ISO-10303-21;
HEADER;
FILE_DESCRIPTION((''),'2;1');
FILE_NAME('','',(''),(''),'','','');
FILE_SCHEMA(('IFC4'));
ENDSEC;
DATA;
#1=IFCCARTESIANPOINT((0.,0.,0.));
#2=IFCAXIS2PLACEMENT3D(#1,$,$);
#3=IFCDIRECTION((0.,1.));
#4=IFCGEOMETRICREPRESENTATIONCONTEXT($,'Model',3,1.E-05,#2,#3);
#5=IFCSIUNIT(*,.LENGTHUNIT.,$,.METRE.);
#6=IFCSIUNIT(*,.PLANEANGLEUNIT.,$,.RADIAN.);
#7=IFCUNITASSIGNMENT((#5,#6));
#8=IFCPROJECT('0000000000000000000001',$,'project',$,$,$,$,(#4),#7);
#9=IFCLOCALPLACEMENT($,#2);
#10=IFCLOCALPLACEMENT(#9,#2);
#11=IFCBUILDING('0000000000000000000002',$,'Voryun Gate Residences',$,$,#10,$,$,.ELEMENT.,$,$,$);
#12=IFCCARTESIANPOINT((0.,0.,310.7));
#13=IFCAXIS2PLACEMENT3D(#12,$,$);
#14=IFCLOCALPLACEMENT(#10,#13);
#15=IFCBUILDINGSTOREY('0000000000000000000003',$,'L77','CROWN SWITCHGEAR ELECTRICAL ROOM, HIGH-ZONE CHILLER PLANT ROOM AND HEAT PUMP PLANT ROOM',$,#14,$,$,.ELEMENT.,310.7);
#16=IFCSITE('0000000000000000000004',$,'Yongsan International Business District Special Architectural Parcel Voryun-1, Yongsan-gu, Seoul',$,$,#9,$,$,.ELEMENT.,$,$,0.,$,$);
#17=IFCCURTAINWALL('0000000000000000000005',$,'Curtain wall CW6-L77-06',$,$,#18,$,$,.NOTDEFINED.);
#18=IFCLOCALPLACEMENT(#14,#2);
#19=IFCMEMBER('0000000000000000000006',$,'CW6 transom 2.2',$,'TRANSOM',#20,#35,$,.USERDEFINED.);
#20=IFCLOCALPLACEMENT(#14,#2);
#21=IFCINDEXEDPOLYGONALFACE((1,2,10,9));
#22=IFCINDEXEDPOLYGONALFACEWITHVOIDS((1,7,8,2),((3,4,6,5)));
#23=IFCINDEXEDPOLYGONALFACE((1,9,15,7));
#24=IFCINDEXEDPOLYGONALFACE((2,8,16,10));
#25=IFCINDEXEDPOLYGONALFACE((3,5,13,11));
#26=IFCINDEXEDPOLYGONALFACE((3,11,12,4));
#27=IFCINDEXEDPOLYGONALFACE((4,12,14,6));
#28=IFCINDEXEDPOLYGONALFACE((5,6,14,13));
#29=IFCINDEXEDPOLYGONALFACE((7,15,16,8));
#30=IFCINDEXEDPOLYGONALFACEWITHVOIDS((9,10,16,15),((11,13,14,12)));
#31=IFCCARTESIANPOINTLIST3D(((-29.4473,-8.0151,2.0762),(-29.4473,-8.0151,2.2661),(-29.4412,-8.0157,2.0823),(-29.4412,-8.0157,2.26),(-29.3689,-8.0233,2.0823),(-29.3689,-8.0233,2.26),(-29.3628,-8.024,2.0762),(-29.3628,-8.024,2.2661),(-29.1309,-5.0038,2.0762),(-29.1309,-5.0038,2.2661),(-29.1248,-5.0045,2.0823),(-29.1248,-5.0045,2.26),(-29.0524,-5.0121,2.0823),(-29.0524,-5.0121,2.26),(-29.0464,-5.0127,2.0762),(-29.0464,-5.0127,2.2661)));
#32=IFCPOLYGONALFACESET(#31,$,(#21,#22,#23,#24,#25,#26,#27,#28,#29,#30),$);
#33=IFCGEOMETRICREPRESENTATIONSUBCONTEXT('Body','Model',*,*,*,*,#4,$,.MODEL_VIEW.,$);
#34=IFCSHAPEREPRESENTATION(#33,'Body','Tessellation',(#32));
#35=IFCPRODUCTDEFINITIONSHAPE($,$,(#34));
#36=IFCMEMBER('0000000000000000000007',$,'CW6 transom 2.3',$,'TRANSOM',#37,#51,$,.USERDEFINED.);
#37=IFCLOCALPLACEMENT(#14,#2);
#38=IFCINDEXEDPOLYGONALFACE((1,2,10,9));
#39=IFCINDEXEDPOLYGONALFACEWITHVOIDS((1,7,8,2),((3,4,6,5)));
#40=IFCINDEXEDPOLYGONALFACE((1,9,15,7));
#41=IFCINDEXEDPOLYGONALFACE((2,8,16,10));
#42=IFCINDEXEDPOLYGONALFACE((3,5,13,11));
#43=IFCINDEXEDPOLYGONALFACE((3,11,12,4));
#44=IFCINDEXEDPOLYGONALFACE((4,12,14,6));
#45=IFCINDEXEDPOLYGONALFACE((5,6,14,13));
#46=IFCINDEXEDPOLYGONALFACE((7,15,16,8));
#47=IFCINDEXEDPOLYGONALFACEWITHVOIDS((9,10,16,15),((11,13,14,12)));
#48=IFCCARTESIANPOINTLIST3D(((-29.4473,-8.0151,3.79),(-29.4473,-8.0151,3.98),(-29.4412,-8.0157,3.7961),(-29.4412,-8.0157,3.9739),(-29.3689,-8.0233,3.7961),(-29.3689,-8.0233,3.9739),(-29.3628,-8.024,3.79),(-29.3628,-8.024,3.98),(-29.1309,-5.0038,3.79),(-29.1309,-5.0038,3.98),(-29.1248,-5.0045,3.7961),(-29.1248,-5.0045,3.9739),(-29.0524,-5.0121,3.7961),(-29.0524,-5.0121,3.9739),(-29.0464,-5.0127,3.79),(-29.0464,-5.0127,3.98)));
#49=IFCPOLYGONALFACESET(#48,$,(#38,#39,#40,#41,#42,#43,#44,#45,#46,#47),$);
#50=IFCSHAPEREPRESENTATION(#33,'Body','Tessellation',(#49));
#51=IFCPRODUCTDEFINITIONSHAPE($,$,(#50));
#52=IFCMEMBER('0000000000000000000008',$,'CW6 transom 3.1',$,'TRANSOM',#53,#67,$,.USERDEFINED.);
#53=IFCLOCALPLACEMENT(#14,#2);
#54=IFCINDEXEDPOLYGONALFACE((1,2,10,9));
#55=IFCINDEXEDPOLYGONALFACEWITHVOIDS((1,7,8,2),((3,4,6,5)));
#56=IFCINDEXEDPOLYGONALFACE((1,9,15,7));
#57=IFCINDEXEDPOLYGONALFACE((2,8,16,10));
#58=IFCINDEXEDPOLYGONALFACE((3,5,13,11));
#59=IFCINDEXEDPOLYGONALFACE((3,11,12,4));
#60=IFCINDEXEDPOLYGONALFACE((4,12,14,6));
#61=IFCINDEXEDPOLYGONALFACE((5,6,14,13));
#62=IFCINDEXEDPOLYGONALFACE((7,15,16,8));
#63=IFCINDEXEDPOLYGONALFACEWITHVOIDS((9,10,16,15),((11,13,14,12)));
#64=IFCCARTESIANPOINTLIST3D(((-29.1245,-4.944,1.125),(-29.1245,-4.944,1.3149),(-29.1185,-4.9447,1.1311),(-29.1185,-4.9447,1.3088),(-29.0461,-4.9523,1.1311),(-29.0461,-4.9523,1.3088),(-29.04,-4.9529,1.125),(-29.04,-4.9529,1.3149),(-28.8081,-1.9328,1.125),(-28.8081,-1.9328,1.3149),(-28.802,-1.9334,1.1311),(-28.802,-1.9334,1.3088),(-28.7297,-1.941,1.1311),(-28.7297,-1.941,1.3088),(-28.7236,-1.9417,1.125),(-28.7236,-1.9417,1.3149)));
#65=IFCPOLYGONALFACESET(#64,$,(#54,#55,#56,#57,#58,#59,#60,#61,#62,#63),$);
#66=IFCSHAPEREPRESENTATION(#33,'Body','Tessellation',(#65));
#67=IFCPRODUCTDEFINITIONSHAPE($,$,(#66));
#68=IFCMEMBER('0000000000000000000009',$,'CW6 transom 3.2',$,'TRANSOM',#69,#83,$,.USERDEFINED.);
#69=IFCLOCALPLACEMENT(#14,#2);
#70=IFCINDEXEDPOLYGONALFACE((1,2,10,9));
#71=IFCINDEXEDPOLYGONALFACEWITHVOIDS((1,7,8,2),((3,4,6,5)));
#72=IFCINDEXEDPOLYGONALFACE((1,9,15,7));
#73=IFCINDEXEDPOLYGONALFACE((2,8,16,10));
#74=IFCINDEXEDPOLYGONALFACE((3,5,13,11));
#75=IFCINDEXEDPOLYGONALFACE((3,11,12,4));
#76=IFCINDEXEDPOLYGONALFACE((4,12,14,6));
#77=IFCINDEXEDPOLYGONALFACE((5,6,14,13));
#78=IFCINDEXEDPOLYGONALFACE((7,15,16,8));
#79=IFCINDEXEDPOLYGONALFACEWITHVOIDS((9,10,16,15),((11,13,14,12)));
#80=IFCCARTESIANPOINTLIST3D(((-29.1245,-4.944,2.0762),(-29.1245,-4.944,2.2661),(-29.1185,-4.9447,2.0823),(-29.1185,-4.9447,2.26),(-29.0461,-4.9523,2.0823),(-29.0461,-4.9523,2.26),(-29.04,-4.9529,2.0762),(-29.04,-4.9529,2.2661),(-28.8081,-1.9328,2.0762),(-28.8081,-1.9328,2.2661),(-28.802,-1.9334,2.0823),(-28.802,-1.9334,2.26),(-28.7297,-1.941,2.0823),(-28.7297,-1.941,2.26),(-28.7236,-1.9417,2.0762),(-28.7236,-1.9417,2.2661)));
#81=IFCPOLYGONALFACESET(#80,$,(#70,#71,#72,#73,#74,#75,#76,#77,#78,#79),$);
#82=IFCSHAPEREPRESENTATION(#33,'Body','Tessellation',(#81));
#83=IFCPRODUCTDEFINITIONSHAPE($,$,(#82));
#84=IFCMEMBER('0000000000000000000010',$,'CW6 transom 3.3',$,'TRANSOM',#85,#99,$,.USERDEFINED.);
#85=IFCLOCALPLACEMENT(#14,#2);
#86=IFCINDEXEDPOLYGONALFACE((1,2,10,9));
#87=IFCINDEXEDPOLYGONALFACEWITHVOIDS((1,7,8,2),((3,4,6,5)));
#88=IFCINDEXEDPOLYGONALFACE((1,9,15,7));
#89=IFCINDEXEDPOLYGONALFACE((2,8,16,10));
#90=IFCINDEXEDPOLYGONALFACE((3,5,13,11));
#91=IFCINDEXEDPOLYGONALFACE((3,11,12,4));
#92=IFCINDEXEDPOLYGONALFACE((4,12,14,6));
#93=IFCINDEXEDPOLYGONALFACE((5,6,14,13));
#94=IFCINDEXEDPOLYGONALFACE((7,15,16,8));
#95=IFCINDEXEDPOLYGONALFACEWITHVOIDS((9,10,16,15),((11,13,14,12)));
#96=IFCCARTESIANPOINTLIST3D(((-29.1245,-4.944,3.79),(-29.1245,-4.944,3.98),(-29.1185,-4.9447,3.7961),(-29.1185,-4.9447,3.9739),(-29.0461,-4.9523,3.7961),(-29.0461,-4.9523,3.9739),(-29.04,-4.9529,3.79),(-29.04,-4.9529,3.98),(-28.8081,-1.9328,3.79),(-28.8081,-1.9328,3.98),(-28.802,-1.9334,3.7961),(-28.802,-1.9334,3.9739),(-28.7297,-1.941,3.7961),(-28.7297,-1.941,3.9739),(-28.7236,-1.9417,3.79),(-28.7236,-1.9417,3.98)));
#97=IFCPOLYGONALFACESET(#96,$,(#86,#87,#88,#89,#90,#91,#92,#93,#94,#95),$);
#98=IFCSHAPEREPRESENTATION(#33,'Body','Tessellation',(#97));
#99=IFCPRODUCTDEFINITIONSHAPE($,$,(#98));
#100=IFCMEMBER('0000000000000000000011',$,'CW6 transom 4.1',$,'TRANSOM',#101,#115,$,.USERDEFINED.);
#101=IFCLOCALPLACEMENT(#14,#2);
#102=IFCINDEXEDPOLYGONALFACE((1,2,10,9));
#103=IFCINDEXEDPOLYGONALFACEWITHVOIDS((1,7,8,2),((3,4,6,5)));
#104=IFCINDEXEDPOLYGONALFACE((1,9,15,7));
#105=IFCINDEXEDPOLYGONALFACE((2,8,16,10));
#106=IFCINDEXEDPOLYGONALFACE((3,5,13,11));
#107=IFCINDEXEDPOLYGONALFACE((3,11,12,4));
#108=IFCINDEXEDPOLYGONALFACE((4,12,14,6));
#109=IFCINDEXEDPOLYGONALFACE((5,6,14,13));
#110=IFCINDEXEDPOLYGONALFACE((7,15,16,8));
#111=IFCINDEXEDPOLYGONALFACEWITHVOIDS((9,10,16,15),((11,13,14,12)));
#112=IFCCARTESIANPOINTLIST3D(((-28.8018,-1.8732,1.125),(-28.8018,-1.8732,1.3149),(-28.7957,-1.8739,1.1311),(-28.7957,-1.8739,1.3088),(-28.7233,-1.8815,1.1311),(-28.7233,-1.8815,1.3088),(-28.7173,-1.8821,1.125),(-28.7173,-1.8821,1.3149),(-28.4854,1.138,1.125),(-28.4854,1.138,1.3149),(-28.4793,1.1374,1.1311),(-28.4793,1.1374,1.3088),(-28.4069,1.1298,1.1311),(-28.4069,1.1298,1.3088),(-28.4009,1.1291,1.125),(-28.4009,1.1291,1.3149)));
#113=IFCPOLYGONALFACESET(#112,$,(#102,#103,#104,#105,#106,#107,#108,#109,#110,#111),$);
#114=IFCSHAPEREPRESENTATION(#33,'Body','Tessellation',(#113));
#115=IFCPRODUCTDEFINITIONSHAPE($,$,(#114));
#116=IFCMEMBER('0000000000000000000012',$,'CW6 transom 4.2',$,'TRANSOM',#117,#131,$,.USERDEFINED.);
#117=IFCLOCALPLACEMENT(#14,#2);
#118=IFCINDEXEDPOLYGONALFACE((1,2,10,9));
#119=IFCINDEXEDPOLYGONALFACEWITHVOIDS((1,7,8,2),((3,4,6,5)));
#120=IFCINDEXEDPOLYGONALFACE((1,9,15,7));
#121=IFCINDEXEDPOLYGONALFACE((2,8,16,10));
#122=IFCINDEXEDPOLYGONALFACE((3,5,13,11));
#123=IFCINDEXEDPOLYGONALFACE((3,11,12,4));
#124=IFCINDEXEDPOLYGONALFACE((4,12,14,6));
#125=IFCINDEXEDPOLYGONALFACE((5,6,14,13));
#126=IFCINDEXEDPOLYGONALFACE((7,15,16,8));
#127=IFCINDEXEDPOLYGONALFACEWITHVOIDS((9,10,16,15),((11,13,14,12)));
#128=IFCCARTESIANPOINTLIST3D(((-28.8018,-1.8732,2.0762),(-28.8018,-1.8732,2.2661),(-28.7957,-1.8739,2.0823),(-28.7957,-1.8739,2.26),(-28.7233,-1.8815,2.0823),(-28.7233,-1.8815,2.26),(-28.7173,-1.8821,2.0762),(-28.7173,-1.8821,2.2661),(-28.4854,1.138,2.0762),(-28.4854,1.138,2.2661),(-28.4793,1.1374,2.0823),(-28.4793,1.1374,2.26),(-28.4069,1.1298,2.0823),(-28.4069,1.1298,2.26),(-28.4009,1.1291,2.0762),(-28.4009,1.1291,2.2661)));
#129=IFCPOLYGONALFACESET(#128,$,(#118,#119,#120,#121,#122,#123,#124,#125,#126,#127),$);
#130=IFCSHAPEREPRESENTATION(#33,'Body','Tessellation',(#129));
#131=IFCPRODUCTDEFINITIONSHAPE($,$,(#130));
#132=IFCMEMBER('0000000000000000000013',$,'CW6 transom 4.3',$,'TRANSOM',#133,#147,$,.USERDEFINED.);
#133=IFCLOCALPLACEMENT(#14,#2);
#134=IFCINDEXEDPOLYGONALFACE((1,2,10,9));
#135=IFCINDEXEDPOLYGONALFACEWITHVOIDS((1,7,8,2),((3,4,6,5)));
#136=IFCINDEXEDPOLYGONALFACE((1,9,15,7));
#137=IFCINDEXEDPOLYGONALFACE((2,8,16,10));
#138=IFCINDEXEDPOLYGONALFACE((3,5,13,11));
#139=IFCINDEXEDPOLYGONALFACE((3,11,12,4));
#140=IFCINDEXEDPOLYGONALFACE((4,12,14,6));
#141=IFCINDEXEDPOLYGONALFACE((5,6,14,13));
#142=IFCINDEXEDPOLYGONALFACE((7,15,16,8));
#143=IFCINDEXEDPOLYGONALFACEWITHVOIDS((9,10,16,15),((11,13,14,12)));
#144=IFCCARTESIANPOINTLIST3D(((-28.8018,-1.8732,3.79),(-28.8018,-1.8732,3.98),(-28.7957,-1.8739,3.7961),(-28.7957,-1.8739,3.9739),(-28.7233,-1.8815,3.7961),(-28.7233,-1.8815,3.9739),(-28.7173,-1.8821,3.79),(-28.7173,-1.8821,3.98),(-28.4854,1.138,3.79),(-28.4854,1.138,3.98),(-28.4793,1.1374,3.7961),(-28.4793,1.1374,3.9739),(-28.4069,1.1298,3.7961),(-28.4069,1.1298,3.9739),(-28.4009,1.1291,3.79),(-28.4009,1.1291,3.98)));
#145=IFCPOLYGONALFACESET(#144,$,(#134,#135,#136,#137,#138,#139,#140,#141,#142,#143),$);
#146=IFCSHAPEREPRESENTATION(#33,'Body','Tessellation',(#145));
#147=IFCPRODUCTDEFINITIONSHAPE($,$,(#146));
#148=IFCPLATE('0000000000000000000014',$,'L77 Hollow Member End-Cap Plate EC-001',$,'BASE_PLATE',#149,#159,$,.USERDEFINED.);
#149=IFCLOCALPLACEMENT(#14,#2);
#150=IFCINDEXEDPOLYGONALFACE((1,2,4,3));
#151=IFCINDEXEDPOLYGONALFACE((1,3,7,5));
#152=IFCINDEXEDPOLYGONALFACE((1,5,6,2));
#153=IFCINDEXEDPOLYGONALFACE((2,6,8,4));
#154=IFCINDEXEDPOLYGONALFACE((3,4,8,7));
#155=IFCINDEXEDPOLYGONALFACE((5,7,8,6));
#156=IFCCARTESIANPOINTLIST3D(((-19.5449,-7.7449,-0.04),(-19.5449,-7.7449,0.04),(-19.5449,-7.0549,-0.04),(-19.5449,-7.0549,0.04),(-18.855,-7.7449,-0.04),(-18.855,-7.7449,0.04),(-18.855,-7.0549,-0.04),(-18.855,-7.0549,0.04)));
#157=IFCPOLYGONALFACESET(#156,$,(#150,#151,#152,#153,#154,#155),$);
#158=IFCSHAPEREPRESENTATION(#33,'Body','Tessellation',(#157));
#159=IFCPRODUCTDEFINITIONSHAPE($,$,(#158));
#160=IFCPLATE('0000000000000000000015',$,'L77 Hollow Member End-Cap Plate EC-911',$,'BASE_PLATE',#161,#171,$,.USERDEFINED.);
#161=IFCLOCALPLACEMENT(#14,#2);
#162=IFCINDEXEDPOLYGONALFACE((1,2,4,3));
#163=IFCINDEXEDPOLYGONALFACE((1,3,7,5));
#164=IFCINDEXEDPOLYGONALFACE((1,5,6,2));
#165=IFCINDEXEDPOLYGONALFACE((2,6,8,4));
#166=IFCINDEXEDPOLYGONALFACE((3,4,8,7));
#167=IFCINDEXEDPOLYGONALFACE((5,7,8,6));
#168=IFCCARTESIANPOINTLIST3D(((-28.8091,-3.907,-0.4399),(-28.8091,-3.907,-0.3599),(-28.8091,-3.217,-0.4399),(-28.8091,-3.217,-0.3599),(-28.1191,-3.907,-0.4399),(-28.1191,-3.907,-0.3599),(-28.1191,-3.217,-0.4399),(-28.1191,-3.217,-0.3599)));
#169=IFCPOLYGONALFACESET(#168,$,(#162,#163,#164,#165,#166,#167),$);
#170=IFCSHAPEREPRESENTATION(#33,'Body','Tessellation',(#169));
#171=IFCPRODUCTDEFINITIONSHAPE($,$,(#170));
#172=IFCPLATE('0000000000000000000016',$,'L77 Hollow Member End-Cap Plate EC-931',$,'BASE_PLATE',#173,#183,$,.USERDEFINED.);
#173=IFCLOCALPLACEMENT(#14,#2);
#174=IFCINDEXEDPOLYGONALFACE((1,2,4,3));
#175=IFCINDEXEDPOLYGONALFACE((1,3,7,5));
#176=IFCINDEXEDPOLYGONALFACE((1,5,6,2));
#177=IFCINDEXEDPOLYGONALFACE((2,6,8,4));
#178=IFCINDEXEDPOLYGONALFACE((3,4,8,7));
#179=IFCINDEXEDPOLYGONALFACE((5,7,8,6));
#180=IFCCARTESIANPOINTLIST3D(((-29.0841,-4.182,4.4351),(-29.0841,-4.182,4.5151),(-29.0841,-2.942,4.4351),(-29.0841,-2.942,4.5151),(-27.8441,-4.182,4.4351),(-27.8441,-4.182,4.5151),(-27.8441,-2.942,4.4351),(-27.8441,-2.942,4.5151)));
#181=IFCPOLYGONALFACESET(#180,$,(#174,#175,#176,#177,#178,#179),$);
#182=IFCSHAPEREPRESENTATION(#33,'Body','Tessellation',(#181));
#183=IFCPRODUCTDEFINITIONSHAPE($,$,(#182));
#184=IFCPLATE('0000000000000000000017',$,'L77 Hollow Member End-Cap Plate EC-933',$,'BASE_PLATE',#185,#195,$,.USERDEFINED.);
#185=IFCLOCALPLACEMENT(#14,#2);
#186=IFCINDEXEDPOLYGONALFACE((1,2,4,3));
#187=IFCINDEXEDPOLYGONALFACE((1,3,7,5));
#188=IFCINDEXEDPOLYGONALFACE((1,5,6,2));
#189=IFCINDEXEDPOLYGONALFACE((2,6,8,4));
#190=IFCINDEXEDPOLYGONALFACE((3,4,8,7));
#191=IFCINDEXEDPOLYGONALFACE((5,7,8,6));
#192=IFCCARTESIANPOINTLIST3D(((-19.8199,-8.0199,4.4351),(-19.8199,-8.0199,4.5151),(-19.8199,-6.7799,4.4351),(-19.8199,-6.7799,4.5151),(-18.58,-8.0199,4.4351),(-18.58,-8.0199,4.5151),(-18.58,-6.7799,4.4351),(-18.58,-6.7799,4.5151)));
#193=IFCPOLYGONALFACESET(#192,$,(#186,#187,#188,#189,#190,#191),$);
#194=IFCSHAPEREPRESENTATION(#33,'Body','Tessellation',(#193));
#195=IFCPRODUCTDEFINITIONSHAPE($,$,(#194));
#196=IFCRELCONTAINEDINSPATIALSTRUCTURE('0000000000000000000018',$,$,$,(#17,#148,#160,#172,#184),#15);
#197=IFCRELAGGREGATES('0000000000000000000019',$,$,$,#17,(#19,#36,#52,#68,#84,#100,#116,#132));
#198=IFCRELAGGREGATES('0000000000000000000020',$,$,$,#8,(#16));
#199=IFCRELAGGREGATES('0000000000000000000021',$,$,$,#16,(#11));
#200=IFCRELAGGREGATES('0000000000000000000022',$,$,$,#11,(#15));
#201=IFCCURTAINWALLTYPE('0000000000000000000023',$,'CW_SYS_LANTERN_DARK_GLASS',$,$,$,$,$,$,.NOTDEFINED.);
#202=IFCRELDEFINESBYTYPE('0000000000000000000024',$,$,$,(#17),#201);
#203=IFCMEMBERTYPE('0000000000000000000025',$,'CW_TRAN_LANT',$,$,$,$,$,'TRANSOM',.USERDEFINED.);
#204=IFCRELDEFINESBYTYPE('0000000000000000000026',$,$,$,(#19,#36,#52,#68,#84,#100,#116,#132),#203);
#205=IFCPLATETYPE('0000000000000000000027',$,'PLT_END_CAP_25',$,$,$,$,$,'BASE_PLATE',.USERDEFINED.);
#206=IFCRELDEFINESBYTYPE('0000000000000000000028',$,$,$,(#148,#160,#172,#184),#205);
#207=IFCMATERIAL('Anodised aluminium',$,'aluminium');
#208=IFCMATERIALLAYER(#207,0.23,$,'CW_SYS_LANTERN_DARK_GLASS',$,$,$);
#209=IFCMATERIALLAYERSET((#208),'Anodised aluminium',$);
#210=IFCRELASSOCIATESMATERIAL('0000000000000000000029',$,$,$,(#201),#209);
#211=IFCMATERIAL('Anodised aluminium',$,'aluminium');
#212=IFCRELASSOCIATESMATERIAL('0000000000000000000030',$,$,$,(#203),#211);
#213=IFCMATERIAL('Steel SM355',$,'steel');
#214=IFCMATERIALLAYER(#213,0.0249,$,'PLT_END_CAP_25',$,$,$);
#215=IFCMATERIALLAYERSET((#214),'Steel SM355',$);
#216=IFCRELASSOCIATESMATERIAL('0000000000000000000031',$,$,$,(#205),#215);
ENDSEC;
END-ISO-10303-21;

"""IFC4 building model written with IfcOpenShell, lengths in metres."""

from ifc_helpers import new_model, si_unit, direction, frame, origin, origin_2d, place, context, subcontext, project, spatial, rectangle, hollow_rectangle, extrude, material, layer, layer_set, material_profile, profile_set, type_object, element, aggregate, save


model = new_model("IFC4")

# Units and contexts
model_context = context("Model", 3, precision=1e-05, world=origin(), true_north=direction((0.0, 1.0)))
body_context = subcontext(model_context, "Body", "Model", "MODEL_VIEW")
ifc_project = project(units=[si_unit("LENGTHUNIT", "METRE"), si_unit("PLANEANGLEUNIT", "RADIAN")], contexts=[model_context])

# Site, building, storey
site_placement = place(None, origin())
site = spatial("IfcSite", under=ifc_project, at=site_placement, Name="Yongsan International Business District Special Architectural Parcel Voryun-1, Yongsan-gu, Seoul", CompositionType="ELEMENT", RefElevation=0.0)
building_placement = place(site_placement, origin())
building = spatial("IfcBuilding", under=site, at=building_placement, Name="Voryun Gate Residences", CompositionType="ELEMENT")
storey_placement = place(building_placement, frame((0.0, 0.0, 310.7)))
storey = spatial("IfcBuildingStorey", under=building, at=storey_placement, Name="L77", Description="CROWN SWITCHGEAR ELECTRICAL ROOM, HIGH-ZONE CHILLER PLANT ROOM AND HEAT PUMP PLANT ROOM", CompositionType="ELEMENT", Elevation=310.7)

# Curtain wall, members
ifc_material_1 = material(Name="Anodised aluminium", Category="aluminium")
ifc_layer_1 = layer(ifc_material_1, 0.23, Name="CW_SYS_LANTERN_DARK_GLASS")
ifc_layer_set_1 = layer_set([ifc_layer_1], Name="Anodised aluminium")
curtain_wall_type = type_object("IfcCurtainWallType", Name="CW_SYS_LANTERN_DARK_GLASS", PredefinedType="NOTDEFINED", material=ifc_layer_set_1)
curtain_wall_placement = place(storey_placement, origin())
curtain_wall = element("IfcCurtainWall", 1, at=curtain_wall_placement, inside=storey, type_object=curtain_wall_type, Name="Curtain wall CW6-L77-06", PredefinedType="NOTDEFINED")
ifc_material_2 = material(Name="Anodised aluminium", Category="aluminium")
ifc_material_profile_1 = material_profile(ifc_material_2, hollow_rectangle(XDim=0.085, YDim=0.1899, WallThickness=0.0061, at=origin_2d()), Name="ALU-TRAN-190x85x6")
ifc_profile_set_1 = profile_set([ifc_material_profile_1], Name="Anodised aluminium")
member_type_1 = type_object("IfcMemberType", Name="CW_TRAN_LANT", ElementType="TRANSOM", PredefinedType="USERDEFINED", material=ifc_profile_set_1)
member_1_placement = place(storey_placement, frame((-29.405, -8.0195, 2.1711), z_axis=(0.1045, 0.994525, 0.0), x_axis=(-0.994525, 0.1045, 0.0)))
member_1 = element("IfcMember", 2, at=member_1_placement, type_object=member_type_1, Name="CW6 transom 2.2", ObjectType="TRANSOM", PredefinedType="USERDEFINED", context=body_context, shape_type="SweptSolid", body=[
    extrude(hollow_rectangle(XDim=0.085, YDim=0.1899, WallThickness=0.0061, at=origin_2d()), origin(), (0.0, 0.0, 1.0), 3.0278),
])
member_2_placement = place(storey_placement, frame((-29.405, -8.0195, 3.885), z_axis=(0.1045, 0.994525, 0.0), x_axis=(-0.994525, 0.1045, 0.0)))
member_2 = element("IfcMember", 3, at=member_2_placement, type_object=member_type_1, Name="CW6 transom 2.3", ObjectType="TRANSOM", PredefinedType="USERDEFINED", context=body_context, shape_type="SweptSolid", body=[
    extrude(hollow_rectangle(XDim=0.085, YDim=0.1899, WallThickness=0.0061, at=origin_2d()), origin(), (0.0, 0.0, 1.0), 3.0278),
])
member_3_placement = place(storey_placement, frame((-29.0823, -4.9485, 1.22), z_axis=(0.1045, 0.994525, 0.0), x_axis=(-0.994525, 0.1045, 0.0)))
member_3 = element("IfcMember", 4, at=member_3_placement, type_object=member_type_1, Name="CW6 transom 3.1", ObjectType="TRANSOM", PredefinedType="USERDEFINED", context=body_context, shape_type="SweptSolid", body=[
    extrude(hollow_rectangle(XDim=0.085, YDim=0.1899, WallThickness=0.0061, at=origin_2d()), origin(), (0.0, 0.0, 1.0), 3.0278),
])
member_4_placement = place(storey_placement, frame((-29.0823, -4.9485, 2.1711), z_axis=(0.1045, 0.994525, 0.0), x_axis=(-0.994525, 0.1045, 0.0)))
member_4 = element("IfcMember", 5, at=member_4_placement, type_object=member_type_1, Name="CW6 transom 3.2", ObjectType="TRANSOM", PredefinedType="USERDEFINED", context=body_context, shape_type="SweptSolid", body=[
    extrude(hollow_rectangle(XDim=0.085, YDim=0.1899, WallThickness=0.0061, at=origin_2d()), origin(), (0.0, 0.0, 1.0), 3.0278),
])
member_5_placement = place(storey_placement, frame((-29.0823, -4.9485, 3.885), z_axis=(0.1045, 0.994525, 0.0), x_axis=(-0.994525, 0.1045, 0.0)))
member_5 = element("IfcMember", 6, at=member_5_placement, type_object=member_type_1, Name="CW6 transom 3.3", ObjectType="TRANSOM", PredefinedType="USERDEFINED", context=body_context, shape_type="SweptSolid", body=[
    extrude(hollow_rectangle(XDim=0.085, YDim=0.1899, WallThickness=0.0061, at=origin_2d()), origin(), (0.0, 0.0, 1.0), 3.0278),
])
member_6_placement = place(storey_placement, frame((-28.7595, -1.8777, 1.22), z_axis=(0.1045, 0.994525, 0.0), x_axis=(-0.994525, 0.1045, 0.0)))
member_6 = element("IfcMember", 7, at=member_6_placement, type_object=member_type_1, Name="CW6 transom 4.1", ObjectType="TRANSOM", PredefinedType="USERDEFINED", context=body_context, shape_type="SweptSolid", body=[
    extrude(hollow_rectangle(XDim=0.085, YDim=0.1899, WallThickness=0.0061, at=origin_2d()), origin(), (0.0, 0.0, 1.0), 3.0278),
])
member_7_placement = place(storey_placement, frame((-28.7595, -1.8777, 2.1711), z_axis=(0.1045, 0.994525, 0.0), x_axis=(-0.994525, 0.1045, 0.0)))
member_7 = element("IfcMember", 8, at=member_7_placement, type_object=member_type_1, Name="CW6 transom 4.2", ObjectType="TRANSOM", PredefinedType="USERDEFINED", context=body_context, shape_type="SweptSolid", body=[
    extrude(hollow_rectangle(XDim=0.085, YDim=0.1899, WallThickness=0.0061, at=origin_2d()), origin(), (0.0, 0.0, 1.0), 3.0278),
])
member_8_placement = place(storey_placement, frame((-28.7595, -1.8777, 3.885), z_axis=(0.1045, 0.994525, 0.0), x_axis=(-0.994525, 0.1045, 0.0)))
member_8 = element("IfcMember", 9, at=member_8_placement, type_object=member_type_1, Name="CW6 transom 4.3", ObjectType="TRANSOM", PredefinedType="USERDEFINED", context=body_context, shape_type="SweptSolid", body=[
    extrude(hollow_rectangle(XDim=0.085, YDim=0.1899, WallThickness=0.0061, at=origin_2d()), origin(), (0.0, 0.0, 1.0), 3.0278),
])

# Plates
ifc_material_3 = material(Name="Steel SM355", Category="steel")
ifc_layer_2 = layer(ifc_material_3, 0.0249, Name="PLT_END_CAP_25")
ifc_layer_set_2 = layer_set([ifc_layer_2], Name="Steel SM355")
plate_type_1 = type_object("IfcPlateType", Name="PLT_END_CAP_25", ElementType="BASE_PLATE", PredefinedType="USERDEFINED", material=ifc_layer_set_2)
for number, where, z_axis, x_axis, name in (
    (10, (-19.2, -7.3999, -0.04), (0.0, 0.0, 1.0), (1.0, 0.0, 0.0), "L77 Hollow Member End-Cap Plate EC-001"),
    (11, (-28.4641, -3.562, -0.4399), (0.0, 0.0, 1.0), (1.0, 0.0, 0.0), "L77 Hollow Member End-Cap Plate EC-911"),
):
    element("IfcPlate", number, at=place(storey_placement, frame(where, z_axis=z_axis, x_axis=x_axis)), inside=storey, type_object=plate_type_1, Name=name, ObjectType="BASE_PLATE", PredefinedType="USERDEFINED", context=body_context, shape_type="SweptSolid", body=[
        extrude(rectangle(XDim=0.6899, YDim=0.6899, at=origin_2d()), origin(), (0.0, 0.0, 1.0), 0.0801),
    ])
for number, where, z_axis, x_axis, name in (
    (12, (-28.4641, -3.562, 4.4351), (0.0, 0.0, 1.0), (1.0, 0.0, 0.0), "L77 Hollow Member End-Cap Plate EC-931"),
    (13, (-19.2, -7.3999, 4.4351), (0.0, 0.0, 1.0), (1.0, 0.0, 0.0), "L77 Hollow Member End-Cap Plate EC-933"),
):
    element("IfcPlate", number, at=place(storey_placement, frame(where, z_axis=z_axis, x_axis=x_axis)), inside=storey, type_object=plate_type_1, Name=name, ObjectType="BASE_PLATE", PredefinedType="USERDEFINED", context=body_context, shape_type="SweptSolid", body=[
        extrude(rectangle(XDim=1.24, YDim=1.24, at=origin_2d()), origin(), (0.0, 0.0, 1.0), 0.0801),
    ])

aggregate(curtain_wall, [member_1, member_2, member_3, member_4, member_5, member_6, member_7, member_8])

save(model, "model.ifc")
